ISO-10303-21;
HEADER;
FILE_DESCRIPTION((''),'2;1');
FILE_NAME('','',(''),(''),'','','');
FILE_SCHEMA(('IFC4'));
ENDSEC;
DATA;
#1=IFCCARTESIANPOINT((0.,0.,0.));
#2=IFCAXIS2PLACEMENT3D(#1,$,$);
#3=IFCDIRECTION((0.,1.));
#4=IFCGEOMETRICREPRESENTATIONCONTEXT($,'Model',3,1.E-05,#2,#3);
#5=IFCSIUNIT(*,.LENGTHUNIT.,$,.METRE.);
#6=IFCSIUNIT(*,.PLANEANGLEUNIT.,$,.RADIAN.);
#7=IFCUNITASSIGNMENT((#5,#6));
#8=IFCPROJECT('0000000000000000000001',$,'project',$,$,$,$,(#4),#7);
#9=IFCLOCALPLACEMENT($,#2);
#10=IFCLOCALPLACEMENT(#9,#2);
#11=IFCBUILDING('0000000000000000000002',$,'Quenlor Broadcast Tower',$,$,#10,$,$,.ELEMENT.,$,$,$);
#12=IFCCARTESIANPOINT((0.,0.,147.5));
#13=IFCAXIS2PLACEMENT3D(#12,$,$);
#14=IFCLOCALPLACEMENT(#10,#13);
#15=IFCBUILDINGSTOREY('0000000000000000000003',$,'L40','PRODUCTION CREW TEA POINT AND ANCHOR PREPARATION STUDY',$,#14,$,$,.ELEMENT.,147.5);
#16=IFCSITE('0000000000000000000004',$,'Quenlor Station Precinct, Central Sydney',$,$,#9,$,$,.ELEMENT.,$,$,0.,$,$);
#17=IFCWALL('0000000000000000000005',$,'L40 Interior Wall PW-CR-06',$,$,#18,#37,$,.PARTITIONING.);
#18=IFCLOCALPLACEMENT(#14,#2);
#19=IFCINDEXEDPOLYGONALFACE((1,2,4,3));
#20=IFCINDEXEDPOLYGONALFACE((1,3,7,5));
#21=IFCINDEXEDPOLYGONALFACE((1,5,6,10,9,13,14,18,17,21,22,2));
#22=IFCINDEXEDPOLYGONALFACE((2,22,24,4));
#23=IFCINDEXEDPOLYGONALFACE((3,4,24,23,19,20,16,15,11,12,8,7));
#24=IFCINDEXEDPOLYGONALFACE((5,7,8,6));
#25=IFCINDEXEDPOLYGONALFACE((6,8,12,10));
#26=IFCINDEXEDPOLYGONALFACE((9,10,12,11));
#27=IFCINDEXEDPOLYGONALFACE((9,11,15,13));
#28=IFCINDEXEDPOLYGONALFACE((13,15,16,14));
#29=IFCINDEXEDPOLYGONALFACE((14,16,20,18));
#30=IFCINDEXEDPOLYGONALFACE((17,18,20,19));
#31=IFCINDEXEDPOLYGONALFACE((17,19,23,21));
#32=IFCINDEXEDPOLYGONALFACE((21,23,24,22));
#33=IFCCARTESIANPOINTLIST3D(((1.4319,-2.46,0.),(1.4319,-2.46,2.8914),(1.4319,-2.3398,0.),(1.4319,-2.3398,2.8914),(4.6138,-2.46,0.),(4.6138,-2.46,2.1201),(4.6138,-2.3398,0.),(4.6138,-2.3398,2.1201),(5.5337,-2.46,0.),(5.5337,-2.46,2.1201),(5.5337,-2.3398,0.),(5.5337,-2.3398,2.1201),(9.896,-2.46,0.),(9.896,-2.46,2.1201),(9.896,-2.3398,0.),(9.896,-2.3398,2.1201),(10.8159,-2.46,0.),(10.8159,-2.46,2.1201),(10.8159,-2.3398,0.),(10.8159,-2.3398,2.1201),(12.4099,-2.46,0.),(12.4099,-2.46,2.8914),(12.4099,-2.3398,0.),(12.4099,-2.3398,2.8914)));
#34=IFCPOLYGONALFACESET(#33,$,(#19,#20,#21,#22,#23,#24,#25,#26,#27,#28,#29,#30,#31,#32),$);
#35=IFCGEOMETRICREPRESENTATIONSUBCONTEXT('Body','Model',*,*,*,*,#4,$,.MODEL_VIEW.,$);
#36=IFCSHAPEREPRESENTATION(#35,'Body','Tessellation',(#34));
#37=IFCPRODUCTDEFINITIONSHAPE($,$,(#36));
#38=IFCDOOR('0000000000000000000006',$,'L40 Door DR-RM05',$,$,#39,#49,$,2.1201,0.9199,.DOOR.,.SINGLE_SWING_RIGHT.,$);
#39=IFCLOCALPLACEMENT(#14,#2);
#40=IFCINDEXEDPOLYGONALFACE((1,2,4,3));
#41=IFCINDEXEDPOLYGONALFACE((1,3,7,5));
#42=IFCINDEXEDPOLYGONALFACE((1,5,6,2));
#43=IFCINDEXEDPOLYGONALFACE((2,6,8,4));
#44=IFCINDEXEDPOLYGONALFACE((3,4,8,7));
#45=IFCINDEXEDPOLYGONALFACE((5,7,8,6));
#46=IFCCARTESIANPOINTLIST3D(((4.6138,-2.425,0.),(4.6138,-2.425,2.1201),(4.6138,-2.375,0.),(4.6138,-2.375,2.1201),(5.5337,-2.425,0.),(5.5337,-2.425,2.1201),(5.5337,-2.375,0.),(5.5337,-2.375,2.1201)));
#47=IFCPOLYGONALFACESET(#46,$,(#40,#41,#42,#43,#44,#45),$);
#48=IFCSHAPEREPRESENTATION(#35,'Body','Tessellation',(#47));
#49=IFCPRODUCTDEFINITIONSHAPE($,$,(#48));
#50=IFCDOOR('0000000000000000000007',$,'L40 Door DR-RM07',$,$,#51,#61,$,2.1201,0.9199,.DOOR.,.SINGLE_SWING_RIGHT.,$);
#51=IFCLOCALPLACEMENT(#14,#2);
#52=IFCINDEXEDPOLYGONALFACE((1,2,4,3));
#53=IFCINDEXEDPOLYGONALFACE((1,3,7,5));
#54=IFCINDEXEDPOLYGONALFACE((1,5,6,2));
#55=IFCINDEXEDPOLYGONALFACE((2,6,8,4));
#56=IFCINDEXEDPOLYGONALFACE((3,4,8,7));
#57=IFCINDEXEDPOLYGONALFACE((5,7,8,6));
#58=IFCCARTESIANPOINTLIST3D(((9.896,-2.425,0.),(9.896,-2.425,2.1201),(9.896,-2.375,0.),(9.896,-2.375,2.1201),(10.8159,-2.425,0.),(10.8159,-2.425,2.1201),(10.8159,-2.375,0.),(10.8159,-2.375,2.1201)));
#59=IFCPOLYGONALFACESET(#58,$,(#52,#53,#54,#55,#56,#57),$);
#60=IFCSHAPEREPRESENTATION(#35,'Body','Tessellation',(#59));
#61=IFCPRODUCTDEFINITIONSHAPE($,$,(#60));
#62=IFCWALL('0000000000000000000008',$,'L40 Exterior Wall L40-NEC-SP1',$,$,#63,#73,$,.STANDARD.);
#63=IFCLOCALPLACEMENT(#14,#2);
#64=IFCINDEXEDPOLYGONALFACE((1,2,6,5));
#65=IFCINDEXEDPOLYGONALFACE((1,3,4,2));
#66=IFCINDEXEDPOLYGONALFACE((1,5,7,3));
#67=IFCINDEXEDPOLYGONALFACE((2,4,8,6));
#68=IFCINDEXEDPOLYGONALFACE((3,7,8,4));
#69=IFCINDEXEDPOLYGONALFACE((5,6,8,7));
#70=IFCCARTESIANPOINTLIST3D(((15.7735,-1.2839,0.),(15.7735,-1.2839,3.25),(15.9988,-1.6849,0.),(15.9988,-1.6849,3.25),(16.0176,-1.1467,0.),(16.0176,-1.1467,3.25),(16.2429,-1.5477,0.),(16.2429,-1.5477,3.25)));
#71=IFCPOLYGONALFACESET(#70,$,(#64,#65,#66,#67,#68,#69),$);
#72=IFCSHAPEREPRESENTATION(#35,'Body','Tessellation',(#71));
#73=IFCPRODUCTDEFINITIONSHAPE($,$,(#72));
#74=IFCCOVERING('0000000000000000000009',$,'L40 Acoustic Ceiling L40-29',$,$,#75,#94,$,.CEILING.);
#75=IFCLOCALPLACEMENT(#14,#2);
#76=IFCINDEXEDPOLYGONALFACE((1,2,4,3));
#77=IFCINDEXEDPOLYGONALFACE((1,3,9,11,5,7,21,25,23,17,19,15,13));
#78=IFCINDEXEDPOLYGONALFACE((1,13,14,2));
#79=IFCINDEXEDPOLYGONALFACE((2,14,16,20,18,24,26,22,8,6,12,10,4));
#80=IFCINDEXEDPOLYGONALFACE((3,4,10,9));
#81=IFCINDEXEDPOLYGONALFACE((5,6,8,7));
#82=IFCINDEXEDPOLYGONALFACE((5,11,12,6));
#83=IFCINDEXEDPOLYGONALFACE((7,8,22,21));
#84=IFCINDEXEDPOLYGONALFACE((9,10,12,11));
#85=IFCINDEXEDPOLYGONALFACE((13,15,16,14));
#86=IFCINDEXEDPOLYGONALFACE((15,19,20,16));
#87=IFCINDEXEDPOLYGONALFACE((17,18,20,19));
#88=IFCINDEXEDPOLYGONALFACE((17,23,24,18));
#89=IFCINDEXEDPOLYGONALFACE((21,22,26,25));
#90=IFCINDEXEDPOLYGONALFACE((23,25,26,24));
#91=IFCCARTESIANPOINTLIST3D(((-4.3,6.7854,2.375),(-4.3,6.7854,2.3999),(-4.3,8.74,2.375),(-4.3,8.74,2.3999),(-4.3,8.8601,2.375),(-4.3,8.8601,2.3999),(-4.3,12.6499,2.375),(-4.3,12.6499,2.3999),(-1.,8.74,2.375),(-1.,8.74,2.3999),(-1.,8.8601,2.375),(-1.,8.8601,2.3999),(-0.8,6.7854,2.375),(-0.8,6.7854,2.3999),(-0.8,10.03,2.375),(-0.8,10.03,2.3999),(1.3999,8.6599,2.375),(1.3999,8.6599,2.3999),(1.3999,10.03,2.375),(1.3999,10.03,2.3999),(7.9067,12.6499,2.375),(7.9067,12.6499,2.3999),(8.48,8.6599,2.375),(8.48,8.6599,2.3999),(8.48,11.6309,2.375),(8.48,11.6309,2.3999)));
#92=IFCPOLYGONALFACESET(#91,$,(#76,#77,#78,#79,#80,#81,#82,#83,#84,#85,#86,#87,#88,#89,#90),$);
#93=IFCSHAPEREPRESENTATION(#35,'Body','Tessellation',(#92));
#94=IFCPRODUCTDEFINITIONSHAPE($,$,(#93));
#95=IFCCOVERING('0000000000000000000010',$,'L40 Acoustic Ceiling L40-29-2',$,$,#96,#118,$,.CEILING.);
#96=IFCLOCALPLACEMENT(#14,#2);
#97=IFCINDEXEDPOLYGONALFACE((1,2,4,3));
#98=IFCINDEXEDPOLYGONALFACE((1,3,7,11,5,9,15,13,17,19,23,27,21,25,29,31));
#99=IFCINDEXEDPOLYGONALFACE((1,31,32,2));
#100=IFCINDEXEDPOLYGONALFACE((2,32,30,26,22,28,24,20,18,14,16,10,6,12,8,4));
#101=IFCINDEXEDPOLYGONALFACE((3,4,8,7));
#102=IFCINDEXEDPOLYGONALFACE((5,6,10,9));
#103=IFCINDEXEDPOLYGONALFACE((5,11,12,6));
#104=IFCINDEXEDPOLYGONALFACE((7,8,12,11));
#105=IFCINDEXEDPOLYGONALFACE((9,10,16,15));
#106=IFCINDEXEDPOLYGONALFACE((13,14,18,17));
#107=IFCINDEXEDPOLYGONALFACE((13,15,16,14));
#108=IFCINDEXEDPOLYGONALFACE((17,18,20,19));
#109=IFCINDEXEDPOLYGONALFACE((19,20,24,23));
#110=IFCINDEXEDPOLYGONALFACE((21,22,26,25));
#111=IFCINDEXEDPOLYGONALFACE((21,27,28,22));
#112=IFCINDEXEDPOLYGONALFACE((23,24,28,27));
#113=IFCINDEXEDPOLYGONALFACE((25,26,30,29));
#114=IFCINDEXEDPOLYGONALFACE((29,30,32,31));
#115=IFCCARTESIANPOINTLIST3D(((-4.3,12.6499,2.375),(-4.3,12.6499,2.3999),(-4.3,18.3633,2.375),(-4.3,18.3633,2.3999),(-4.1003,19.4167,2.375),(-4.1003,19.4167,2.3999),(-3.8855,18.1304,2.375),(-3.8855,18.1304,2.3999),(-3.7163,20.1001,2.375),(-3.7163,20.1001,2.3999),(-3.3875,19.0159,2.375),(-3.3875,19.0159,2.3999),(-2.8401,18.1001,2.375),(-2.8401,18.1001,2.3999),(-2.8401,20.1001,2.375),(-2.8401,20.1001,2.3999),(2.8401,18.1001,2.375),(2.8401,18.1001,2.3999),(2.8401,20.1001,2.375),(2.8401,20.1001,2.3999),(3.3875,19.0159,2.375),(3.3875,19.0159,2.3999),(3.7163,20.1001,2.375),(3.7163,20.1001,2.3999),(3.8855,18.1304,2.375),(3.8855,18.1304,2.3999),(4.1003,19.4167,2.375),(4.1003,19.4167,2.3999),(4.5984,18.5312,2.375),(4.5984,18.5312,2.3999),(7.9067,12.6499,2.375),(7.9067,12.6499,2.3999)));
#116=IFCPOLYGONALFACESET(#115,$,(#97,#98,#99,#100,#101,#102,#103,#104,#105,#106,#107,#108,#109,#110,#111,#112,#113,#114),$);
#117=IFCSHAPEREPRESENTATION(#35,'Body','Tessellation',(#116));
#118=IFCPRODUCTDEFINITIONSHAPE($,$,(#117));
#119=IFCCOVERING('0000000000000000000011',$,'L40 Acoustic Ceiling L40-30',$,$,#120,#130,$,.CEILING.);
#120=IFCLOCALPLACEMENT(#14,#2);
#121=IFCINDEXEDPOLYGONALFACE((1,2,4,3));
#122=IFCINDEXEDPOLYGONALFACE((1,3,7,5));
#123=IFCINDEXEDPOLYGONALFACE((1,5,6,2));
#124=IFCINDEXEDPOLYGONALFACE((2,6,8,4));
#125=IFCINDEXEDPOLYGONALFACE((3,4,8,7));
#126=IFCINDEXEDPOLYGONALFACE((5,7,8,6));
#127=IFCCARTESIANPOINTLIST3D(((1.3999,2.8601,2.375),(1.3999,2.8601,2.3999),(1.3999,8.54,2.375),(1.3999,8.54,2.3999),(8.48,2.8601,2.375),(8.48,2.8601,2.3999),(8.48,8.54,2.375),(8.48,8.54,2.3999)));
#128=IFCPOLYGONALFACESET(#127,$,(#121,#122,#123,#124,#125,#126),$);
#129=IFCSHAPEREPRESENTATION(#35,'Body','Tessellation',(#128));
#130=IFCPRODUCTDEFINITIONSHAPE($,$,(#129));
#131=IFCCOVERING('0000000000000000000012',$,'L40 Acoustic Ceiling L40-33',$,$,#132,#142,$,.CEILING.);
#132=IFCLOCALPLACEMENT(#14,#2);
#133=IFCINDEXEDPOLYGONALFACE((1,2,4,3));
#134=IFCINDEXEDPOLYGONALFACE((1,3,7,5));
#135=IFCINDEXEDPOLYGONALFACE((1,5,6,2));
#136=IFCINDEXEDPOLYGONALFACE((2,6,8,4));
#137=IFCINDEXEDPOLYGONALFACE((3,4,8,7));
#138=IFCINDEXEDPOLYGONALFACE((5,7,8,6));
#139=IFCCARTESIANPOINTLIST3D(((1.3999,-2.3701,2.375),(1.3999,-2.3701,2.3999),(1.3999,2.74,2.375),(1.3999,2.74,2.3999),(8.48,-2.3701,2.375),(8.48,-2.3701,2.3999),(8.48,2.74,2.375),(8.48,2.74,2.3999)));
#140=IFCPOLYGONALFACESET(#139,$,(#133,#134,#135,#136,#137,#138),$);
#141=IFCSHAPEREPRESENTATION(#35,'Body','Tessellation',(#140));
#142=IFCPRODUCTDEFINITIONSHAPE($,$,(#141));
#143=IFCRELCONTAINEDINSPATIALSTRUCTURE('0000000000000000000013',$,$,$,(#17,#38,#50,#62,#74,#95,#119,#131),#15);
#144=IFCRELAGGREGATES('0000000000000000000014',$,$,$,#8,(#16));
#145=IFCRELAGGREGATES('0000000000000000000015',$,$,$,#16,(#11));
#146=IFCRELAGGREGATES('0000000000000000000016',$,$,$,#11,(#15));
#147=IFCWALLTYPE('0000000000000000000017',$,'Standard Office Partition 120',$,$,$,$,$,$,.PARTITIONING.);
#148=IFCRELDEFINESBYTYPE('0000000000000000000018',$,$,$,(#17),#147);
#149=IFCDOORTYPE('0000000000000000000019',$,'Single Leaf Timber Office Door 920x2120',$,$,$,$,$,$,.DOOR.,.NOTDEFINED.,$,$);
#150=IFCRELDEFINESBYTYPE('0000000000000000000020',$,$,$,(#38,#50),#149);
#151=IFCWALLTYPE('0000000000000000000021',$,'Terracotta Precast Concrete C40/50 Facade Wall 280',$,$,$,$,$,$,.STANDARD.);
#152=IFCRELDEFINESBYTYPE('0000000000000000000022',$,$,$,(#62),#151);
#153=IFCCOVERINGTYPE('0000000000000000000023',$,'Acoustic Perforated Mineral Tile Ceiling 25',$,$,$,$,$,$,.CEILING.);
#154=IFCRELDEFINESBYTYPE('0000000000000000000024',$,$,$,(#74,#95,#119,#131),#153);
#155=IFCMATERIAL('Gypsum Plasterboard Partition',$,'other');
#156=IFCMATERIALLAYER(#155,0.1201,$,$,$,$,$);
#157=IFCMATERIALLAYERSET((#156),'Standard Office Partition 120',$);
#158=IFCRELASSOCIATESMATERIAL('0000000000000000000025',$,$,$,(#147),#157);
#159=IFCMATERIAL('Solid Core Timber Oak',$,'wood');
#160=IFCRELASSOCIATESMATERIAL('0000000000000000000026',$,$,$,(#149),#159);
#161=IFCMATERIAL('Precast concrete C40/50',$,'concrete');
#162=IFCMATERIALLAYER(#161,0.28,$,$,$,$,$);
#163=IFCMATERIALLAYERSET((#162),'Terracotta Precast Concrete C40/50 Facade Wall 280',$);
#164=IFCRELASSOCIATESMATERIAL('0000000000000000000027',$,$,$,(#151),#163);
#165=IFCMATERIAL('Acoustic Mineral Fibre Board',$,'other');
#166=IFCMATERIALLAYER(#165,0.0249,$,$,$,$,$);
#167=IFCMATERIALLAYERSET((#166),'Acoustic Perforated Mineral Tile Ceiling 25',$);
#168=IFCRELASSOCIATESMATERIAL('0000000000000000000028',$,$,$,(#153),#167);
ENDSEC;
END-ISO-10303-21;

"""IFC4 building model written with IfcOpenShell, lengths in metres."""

from ifc_helpers import new_model, si_unit, direction, frame, frame_2d, origin, place, context, subcontext, project, spatial, polyline, rectangle, outline, extrude, material, layer, layer_set, type_object, element, fill, save


model = new_model("IFC4")

# Units and contexts
model_context = context("Model", 3, precision=1e-05, world=origin(), true_north=direction((0.0, 1.0)))
body_context = subcontext(model_context, "Body", "Model", "MODEL_VIEW")
ifc_project = project(units=[si_unit("LENGTHUNIT", "METRE"), si_unit("PLANEANGLEUNIT", "RADIAN")], contexts=[model_context])

# Site, building, storey
site_placement = place(None, origin())
site = spatial("IfcSite", under=ifc_project, at=site_placement, Name="Quenlor Station Precinct, Central Sydney", CompositionType="ELEMENT", RefElevation=0.0)
building_placement = place(site_placement, origin())
building = spatial("IfcBuilding", under=site, at=building_placement, Name="Quenlor Broadcast Tower", CompositionType="ELEMENT")
storey_placement = place(building_placement, frame((0.0, 0.0, 147.5)))
storey = spatial("IfcBuildingStorey", under=building, at=storey_placement, Name="L40", Description="PRODUCTION CREW TEA POINT AND ANCHOR PREPARATION STUDY", CompositionType="ELEMENT", Elevation=147.5)

# Wall, openings, doors
ifc_material_1 = material(Name="Gypsum Plasterboard Partition", Category="other")
ifc_layer_1 = layer(ifc_material_1, 0.1201)
ifc_layer_set_1 = layer_set([ifc_layer_1], Name="Standard Office Partition 120")
wall_type_1 = type_object("IfcWallType", Name="Standard Office Partition 120", PredefinedType="PARTITIONING", material=ifc_layer_set_1)
wall_1_placement = place(storey_placement, frame((1.4319, -2.3999, 0.0), z_axis=(0.0, 0.0, 1.0), x_axis=(1.0, 0.0, 0.0)))
wall_1 = element("IfcWall", 1, at=wall_1_placement, inside=storey, type_object=wall_type_1, Name="L40 Interior Wall PW-CR-06", PredefinedType="PARTITIONING", context=body_context, shape_type="SweptSolid", body=[
    extrude(rectangle(XDim=10.978, YDim=0.1201, at=frame_2d((5.489, 0.0))), origin(), (0.0, 0.0, 1.0), 2.8914),
])
opening_1_placement = place(wall_1_placement, frame((3.1819, 0.0, 0.0)))
opening_1 = element("IfcOpeningElement", 2, at=opening_1_placement, cuts=wall_1, PredefinedType="OPENING", context=body_context, shape_type="SweptSolid", body=[
    extrude(rectangle(XDim=0.9199, YDim=2.1201, at=frame_2d((0.46, 1.0601))), frame((0.0, 0.0701, 0.0), z_axis=(0.0, -1.0, 0.0), x_axis=(1.0, 0.0, 0.0)), (0.0, 0.0, 1.0), 0.1401),
])
opening_2_placement = place(wall_1_placement, frame((8.4641, 0.0, 0.0)))
opening_2 = element("IfcOpeningElement", 3, at=opening_2_placement, cuts=wall_1, PredefinedType="OPENING", context=body_context, shape_type="SweptSolid", body=[
    extrude(rectangle(XDim=0.9199, YDim=2.1201, at=frame_2d((0.46, 1.0601))), frame((0.0, 0.0701, 0.0), z_axis=(0.0, -1.0, 0.0), x_axis=(1.0, 0.0, 0.0)), (0.0, 0.0, 1.0), 0.1401),
])
ifc_material_2 = material(Name="Solid Core Timber Oak", Category="wood")
door_type = type_object("IfcDoorType", Name="Single Leaf Timber Office Door 920x2120", OperationType="NOTDEFINED", PredefinedType="DOOR", material=ifc_material_2)
door_1_placement = place(opening_1_placement, origin())
door_1 = element("IfcDoor", 4, at=door_1_placement, inside=storey, type_object=door_type, Name="L40 Door DR-RM05", OperationType="SINGLE_SWING_RIGHT", OverallHeight=2.1201, OverallWidth=0.9199, PredefinedType="DOOR", context=body_context, shape_type="SweptSolid", body=[
    extrude(rectangle(XDim=0.9199, YDim=2.1201, at=frame_2d((0.46, 1.0601))), frame((0.0, 0.0249, 0.0), z_axis=(0.0, -1.0, 0.0), x_axis=(1.0, 0.0, 0.0)), (0.0, 0.0, 1.0), 0.05),
])
fill(opening_1, door_1)
door_2_placement = place(opening_2_placement, origin())
door_2 = element("IfcDoor", 5, at=door_2_placement, inside=storey, type_object=door_type, Name="L40 Door DR-RM07", OperationType="SINGLE_SWING_RIGHT", OverallHeight=2.1201, OverallWidth=0.9199, PredefinedType="DOOR", context=body_context, shape_type="SweptSolid", body=[
    extrude(rectangle(XDim=0.9199, YDim=2.1201, at=frame_2d((0.46, 1.0601))), frame((0.0, 0.0249, 0.0), z_axis=(0.0, -1.0, 0.0), x_axis=(1.0, 0.0, 0.0)), (0.0, 0.0, 1.0), 0.05),
])
fill(opening_2, door_2)

# Wall
ifc_material_3 = material(Name="Precast concrete C40/50", Category="concrete")
ifc_layer_2 = layer(ifc_material_3, 0.28)
ifc_layer_set_2 = layer_set([ifc_layer_2], Name="Terracotta Precast Concrete C40/50 Facade Wall 280")
wall_type_2 = type_object("IfcWallType", Name="Terracotta Precast Concrete C40/50 Facade Wall 280", PredefinedType="STANDARD", material=ifc_layer_set_2)
wall_2_placement = place(storey_placement, frame((15.8955, -1.2153, 0.0), z_axis=(0.0, 0.0, 1.0), x_axis=(0.490009, -0.871717, 0.0)))
element("IfcWall", 6, at=wall_2_placement, inside=storey, type_object=wall_type_2, Name="L40 Exterior Wall L40-NEC-SP1", PredefinedType="STANDARD", context=body_context, shape_type="SweptSolid", body=[
    extrude(rectangle(XDim=0.46, YDim=0.28, at=frame_2d((0.23, 0.0))), origin(), (0.0, 0.0, 1.0), 3.25),
])

# Coverings
ifc_material_4 = material(Name="Acoustic Mineral Fibre Board", Category="other")
ifc_layer_3 = layer(ifc_material_4, 0.0249)
ifc_layer_set_3 = layer_set([ifc_layer_3], Name="Acoustic Perforated Mineral Tile Ceiling 25")
covering_type = type_object("IfcCoveringType", Name="Acoustic Perforated Mineral Tile Ceiling 25", PredefinedType="CEILING", material=ifc_layer_set_3)
covering_1_placement = place(storey_placement, frame((0.0, 0.0, 2.375)))
element("IfcCovering", 7, at=covering_1_placement, inside=storey, type_object=covering_type, Name="L40 Acoustic Ceiling L40-29", PredefinedType="CEILING", context=body_context, shape_type="SweptSolid", body=[
    extrude(outline(polyline([(8.48, 11.6309), (8.48, 8.6599), (1.3999, 8.6599), (1.3999, 10.03), (-0.8, 10.03), (-0.8, 6.7854), (-4.3, 6.7854), (-4.3, 8.74), (-1.0, 8.74), (-1.0, 8.8601), (-4.3, 8.8601), (-4.3, 12.6499), (7.9067, 12.6499), (8.48, 11.6309)])), origin(), (0.0, 0.0, 1.0), 0.0249),
])
covering_2_placement = place(storey_placement, frame((0.0, 0.0, 2.375)))
element("IfcCovering", 8, at=covering_2_placement, inside=storey, type_object=covering_type, Name="L40 Acoustic Ceiling L40-29-2", PredefinedType="CEILING", context=body_context, shape_type="SweptSolid", body=[
    extrude(outline(polyline([(3.7163, 20.1001), (4.1003, 19.4167), (3.3875, 19.0159), (3.8855, 18.1304), (4.5984, 18.5312), (7.9067, 12.6499), (-4.3, 12.6499), (-4.3, 18.3633), (-3.8855, 18.1304), (-3.3875, 19.0159), (-4.1003, 19.4167), (-3.7163, 20.1001), (-2.8401, 20.1001), (-2.8401, 18.1001), (2.8401, 18.1001), (2.8401, 20.1001), (3.7163, 20.1001)])), origin(), (0.0, 0.0, 1.0), 0.0249),
])
covering_3_placement = place(storey_placement, frame((0.0, 0.0, 2.375)))
element("IfcCovering", 9, at=covering_3_placement, inside=storey, type_object=covering_type, Name="L40 Acoustic Ceiling L40-30", PredefinedType="CEILING", context=body_context, shape_type="SweptSolid", body=[
    extrude(outline(polyline([(1.3999, 2.8601), (1.3999, 8.54), (8.48, 8.54), (8.48, 2.8601), (1.3999, 2.8601)])), origin(), (0.0, 0.0, 1.0), 0.0249),
])
covering_4_placement = place(storey_placement, frame((0.0, 0.0, 2.375)))
element("IfcCovering", 10, at=covering_4_placement, inside=storey, type_object=covering_type, Name="L40 Acoustic Ceiling L40-33", PredefinedType="CEILING", context=body_context, shape_type="SweptSolid", body=[
    extrude(outline(polyline([(8.48, -2.3701), (1.3999, -2.3701), (1.3999, 2.74), (8.48, 2.74), (8.48, -2.3701)])), origin(), (0.0, 0.0, 1.0), 0.0249),
])

save(model, "model.ifc")
